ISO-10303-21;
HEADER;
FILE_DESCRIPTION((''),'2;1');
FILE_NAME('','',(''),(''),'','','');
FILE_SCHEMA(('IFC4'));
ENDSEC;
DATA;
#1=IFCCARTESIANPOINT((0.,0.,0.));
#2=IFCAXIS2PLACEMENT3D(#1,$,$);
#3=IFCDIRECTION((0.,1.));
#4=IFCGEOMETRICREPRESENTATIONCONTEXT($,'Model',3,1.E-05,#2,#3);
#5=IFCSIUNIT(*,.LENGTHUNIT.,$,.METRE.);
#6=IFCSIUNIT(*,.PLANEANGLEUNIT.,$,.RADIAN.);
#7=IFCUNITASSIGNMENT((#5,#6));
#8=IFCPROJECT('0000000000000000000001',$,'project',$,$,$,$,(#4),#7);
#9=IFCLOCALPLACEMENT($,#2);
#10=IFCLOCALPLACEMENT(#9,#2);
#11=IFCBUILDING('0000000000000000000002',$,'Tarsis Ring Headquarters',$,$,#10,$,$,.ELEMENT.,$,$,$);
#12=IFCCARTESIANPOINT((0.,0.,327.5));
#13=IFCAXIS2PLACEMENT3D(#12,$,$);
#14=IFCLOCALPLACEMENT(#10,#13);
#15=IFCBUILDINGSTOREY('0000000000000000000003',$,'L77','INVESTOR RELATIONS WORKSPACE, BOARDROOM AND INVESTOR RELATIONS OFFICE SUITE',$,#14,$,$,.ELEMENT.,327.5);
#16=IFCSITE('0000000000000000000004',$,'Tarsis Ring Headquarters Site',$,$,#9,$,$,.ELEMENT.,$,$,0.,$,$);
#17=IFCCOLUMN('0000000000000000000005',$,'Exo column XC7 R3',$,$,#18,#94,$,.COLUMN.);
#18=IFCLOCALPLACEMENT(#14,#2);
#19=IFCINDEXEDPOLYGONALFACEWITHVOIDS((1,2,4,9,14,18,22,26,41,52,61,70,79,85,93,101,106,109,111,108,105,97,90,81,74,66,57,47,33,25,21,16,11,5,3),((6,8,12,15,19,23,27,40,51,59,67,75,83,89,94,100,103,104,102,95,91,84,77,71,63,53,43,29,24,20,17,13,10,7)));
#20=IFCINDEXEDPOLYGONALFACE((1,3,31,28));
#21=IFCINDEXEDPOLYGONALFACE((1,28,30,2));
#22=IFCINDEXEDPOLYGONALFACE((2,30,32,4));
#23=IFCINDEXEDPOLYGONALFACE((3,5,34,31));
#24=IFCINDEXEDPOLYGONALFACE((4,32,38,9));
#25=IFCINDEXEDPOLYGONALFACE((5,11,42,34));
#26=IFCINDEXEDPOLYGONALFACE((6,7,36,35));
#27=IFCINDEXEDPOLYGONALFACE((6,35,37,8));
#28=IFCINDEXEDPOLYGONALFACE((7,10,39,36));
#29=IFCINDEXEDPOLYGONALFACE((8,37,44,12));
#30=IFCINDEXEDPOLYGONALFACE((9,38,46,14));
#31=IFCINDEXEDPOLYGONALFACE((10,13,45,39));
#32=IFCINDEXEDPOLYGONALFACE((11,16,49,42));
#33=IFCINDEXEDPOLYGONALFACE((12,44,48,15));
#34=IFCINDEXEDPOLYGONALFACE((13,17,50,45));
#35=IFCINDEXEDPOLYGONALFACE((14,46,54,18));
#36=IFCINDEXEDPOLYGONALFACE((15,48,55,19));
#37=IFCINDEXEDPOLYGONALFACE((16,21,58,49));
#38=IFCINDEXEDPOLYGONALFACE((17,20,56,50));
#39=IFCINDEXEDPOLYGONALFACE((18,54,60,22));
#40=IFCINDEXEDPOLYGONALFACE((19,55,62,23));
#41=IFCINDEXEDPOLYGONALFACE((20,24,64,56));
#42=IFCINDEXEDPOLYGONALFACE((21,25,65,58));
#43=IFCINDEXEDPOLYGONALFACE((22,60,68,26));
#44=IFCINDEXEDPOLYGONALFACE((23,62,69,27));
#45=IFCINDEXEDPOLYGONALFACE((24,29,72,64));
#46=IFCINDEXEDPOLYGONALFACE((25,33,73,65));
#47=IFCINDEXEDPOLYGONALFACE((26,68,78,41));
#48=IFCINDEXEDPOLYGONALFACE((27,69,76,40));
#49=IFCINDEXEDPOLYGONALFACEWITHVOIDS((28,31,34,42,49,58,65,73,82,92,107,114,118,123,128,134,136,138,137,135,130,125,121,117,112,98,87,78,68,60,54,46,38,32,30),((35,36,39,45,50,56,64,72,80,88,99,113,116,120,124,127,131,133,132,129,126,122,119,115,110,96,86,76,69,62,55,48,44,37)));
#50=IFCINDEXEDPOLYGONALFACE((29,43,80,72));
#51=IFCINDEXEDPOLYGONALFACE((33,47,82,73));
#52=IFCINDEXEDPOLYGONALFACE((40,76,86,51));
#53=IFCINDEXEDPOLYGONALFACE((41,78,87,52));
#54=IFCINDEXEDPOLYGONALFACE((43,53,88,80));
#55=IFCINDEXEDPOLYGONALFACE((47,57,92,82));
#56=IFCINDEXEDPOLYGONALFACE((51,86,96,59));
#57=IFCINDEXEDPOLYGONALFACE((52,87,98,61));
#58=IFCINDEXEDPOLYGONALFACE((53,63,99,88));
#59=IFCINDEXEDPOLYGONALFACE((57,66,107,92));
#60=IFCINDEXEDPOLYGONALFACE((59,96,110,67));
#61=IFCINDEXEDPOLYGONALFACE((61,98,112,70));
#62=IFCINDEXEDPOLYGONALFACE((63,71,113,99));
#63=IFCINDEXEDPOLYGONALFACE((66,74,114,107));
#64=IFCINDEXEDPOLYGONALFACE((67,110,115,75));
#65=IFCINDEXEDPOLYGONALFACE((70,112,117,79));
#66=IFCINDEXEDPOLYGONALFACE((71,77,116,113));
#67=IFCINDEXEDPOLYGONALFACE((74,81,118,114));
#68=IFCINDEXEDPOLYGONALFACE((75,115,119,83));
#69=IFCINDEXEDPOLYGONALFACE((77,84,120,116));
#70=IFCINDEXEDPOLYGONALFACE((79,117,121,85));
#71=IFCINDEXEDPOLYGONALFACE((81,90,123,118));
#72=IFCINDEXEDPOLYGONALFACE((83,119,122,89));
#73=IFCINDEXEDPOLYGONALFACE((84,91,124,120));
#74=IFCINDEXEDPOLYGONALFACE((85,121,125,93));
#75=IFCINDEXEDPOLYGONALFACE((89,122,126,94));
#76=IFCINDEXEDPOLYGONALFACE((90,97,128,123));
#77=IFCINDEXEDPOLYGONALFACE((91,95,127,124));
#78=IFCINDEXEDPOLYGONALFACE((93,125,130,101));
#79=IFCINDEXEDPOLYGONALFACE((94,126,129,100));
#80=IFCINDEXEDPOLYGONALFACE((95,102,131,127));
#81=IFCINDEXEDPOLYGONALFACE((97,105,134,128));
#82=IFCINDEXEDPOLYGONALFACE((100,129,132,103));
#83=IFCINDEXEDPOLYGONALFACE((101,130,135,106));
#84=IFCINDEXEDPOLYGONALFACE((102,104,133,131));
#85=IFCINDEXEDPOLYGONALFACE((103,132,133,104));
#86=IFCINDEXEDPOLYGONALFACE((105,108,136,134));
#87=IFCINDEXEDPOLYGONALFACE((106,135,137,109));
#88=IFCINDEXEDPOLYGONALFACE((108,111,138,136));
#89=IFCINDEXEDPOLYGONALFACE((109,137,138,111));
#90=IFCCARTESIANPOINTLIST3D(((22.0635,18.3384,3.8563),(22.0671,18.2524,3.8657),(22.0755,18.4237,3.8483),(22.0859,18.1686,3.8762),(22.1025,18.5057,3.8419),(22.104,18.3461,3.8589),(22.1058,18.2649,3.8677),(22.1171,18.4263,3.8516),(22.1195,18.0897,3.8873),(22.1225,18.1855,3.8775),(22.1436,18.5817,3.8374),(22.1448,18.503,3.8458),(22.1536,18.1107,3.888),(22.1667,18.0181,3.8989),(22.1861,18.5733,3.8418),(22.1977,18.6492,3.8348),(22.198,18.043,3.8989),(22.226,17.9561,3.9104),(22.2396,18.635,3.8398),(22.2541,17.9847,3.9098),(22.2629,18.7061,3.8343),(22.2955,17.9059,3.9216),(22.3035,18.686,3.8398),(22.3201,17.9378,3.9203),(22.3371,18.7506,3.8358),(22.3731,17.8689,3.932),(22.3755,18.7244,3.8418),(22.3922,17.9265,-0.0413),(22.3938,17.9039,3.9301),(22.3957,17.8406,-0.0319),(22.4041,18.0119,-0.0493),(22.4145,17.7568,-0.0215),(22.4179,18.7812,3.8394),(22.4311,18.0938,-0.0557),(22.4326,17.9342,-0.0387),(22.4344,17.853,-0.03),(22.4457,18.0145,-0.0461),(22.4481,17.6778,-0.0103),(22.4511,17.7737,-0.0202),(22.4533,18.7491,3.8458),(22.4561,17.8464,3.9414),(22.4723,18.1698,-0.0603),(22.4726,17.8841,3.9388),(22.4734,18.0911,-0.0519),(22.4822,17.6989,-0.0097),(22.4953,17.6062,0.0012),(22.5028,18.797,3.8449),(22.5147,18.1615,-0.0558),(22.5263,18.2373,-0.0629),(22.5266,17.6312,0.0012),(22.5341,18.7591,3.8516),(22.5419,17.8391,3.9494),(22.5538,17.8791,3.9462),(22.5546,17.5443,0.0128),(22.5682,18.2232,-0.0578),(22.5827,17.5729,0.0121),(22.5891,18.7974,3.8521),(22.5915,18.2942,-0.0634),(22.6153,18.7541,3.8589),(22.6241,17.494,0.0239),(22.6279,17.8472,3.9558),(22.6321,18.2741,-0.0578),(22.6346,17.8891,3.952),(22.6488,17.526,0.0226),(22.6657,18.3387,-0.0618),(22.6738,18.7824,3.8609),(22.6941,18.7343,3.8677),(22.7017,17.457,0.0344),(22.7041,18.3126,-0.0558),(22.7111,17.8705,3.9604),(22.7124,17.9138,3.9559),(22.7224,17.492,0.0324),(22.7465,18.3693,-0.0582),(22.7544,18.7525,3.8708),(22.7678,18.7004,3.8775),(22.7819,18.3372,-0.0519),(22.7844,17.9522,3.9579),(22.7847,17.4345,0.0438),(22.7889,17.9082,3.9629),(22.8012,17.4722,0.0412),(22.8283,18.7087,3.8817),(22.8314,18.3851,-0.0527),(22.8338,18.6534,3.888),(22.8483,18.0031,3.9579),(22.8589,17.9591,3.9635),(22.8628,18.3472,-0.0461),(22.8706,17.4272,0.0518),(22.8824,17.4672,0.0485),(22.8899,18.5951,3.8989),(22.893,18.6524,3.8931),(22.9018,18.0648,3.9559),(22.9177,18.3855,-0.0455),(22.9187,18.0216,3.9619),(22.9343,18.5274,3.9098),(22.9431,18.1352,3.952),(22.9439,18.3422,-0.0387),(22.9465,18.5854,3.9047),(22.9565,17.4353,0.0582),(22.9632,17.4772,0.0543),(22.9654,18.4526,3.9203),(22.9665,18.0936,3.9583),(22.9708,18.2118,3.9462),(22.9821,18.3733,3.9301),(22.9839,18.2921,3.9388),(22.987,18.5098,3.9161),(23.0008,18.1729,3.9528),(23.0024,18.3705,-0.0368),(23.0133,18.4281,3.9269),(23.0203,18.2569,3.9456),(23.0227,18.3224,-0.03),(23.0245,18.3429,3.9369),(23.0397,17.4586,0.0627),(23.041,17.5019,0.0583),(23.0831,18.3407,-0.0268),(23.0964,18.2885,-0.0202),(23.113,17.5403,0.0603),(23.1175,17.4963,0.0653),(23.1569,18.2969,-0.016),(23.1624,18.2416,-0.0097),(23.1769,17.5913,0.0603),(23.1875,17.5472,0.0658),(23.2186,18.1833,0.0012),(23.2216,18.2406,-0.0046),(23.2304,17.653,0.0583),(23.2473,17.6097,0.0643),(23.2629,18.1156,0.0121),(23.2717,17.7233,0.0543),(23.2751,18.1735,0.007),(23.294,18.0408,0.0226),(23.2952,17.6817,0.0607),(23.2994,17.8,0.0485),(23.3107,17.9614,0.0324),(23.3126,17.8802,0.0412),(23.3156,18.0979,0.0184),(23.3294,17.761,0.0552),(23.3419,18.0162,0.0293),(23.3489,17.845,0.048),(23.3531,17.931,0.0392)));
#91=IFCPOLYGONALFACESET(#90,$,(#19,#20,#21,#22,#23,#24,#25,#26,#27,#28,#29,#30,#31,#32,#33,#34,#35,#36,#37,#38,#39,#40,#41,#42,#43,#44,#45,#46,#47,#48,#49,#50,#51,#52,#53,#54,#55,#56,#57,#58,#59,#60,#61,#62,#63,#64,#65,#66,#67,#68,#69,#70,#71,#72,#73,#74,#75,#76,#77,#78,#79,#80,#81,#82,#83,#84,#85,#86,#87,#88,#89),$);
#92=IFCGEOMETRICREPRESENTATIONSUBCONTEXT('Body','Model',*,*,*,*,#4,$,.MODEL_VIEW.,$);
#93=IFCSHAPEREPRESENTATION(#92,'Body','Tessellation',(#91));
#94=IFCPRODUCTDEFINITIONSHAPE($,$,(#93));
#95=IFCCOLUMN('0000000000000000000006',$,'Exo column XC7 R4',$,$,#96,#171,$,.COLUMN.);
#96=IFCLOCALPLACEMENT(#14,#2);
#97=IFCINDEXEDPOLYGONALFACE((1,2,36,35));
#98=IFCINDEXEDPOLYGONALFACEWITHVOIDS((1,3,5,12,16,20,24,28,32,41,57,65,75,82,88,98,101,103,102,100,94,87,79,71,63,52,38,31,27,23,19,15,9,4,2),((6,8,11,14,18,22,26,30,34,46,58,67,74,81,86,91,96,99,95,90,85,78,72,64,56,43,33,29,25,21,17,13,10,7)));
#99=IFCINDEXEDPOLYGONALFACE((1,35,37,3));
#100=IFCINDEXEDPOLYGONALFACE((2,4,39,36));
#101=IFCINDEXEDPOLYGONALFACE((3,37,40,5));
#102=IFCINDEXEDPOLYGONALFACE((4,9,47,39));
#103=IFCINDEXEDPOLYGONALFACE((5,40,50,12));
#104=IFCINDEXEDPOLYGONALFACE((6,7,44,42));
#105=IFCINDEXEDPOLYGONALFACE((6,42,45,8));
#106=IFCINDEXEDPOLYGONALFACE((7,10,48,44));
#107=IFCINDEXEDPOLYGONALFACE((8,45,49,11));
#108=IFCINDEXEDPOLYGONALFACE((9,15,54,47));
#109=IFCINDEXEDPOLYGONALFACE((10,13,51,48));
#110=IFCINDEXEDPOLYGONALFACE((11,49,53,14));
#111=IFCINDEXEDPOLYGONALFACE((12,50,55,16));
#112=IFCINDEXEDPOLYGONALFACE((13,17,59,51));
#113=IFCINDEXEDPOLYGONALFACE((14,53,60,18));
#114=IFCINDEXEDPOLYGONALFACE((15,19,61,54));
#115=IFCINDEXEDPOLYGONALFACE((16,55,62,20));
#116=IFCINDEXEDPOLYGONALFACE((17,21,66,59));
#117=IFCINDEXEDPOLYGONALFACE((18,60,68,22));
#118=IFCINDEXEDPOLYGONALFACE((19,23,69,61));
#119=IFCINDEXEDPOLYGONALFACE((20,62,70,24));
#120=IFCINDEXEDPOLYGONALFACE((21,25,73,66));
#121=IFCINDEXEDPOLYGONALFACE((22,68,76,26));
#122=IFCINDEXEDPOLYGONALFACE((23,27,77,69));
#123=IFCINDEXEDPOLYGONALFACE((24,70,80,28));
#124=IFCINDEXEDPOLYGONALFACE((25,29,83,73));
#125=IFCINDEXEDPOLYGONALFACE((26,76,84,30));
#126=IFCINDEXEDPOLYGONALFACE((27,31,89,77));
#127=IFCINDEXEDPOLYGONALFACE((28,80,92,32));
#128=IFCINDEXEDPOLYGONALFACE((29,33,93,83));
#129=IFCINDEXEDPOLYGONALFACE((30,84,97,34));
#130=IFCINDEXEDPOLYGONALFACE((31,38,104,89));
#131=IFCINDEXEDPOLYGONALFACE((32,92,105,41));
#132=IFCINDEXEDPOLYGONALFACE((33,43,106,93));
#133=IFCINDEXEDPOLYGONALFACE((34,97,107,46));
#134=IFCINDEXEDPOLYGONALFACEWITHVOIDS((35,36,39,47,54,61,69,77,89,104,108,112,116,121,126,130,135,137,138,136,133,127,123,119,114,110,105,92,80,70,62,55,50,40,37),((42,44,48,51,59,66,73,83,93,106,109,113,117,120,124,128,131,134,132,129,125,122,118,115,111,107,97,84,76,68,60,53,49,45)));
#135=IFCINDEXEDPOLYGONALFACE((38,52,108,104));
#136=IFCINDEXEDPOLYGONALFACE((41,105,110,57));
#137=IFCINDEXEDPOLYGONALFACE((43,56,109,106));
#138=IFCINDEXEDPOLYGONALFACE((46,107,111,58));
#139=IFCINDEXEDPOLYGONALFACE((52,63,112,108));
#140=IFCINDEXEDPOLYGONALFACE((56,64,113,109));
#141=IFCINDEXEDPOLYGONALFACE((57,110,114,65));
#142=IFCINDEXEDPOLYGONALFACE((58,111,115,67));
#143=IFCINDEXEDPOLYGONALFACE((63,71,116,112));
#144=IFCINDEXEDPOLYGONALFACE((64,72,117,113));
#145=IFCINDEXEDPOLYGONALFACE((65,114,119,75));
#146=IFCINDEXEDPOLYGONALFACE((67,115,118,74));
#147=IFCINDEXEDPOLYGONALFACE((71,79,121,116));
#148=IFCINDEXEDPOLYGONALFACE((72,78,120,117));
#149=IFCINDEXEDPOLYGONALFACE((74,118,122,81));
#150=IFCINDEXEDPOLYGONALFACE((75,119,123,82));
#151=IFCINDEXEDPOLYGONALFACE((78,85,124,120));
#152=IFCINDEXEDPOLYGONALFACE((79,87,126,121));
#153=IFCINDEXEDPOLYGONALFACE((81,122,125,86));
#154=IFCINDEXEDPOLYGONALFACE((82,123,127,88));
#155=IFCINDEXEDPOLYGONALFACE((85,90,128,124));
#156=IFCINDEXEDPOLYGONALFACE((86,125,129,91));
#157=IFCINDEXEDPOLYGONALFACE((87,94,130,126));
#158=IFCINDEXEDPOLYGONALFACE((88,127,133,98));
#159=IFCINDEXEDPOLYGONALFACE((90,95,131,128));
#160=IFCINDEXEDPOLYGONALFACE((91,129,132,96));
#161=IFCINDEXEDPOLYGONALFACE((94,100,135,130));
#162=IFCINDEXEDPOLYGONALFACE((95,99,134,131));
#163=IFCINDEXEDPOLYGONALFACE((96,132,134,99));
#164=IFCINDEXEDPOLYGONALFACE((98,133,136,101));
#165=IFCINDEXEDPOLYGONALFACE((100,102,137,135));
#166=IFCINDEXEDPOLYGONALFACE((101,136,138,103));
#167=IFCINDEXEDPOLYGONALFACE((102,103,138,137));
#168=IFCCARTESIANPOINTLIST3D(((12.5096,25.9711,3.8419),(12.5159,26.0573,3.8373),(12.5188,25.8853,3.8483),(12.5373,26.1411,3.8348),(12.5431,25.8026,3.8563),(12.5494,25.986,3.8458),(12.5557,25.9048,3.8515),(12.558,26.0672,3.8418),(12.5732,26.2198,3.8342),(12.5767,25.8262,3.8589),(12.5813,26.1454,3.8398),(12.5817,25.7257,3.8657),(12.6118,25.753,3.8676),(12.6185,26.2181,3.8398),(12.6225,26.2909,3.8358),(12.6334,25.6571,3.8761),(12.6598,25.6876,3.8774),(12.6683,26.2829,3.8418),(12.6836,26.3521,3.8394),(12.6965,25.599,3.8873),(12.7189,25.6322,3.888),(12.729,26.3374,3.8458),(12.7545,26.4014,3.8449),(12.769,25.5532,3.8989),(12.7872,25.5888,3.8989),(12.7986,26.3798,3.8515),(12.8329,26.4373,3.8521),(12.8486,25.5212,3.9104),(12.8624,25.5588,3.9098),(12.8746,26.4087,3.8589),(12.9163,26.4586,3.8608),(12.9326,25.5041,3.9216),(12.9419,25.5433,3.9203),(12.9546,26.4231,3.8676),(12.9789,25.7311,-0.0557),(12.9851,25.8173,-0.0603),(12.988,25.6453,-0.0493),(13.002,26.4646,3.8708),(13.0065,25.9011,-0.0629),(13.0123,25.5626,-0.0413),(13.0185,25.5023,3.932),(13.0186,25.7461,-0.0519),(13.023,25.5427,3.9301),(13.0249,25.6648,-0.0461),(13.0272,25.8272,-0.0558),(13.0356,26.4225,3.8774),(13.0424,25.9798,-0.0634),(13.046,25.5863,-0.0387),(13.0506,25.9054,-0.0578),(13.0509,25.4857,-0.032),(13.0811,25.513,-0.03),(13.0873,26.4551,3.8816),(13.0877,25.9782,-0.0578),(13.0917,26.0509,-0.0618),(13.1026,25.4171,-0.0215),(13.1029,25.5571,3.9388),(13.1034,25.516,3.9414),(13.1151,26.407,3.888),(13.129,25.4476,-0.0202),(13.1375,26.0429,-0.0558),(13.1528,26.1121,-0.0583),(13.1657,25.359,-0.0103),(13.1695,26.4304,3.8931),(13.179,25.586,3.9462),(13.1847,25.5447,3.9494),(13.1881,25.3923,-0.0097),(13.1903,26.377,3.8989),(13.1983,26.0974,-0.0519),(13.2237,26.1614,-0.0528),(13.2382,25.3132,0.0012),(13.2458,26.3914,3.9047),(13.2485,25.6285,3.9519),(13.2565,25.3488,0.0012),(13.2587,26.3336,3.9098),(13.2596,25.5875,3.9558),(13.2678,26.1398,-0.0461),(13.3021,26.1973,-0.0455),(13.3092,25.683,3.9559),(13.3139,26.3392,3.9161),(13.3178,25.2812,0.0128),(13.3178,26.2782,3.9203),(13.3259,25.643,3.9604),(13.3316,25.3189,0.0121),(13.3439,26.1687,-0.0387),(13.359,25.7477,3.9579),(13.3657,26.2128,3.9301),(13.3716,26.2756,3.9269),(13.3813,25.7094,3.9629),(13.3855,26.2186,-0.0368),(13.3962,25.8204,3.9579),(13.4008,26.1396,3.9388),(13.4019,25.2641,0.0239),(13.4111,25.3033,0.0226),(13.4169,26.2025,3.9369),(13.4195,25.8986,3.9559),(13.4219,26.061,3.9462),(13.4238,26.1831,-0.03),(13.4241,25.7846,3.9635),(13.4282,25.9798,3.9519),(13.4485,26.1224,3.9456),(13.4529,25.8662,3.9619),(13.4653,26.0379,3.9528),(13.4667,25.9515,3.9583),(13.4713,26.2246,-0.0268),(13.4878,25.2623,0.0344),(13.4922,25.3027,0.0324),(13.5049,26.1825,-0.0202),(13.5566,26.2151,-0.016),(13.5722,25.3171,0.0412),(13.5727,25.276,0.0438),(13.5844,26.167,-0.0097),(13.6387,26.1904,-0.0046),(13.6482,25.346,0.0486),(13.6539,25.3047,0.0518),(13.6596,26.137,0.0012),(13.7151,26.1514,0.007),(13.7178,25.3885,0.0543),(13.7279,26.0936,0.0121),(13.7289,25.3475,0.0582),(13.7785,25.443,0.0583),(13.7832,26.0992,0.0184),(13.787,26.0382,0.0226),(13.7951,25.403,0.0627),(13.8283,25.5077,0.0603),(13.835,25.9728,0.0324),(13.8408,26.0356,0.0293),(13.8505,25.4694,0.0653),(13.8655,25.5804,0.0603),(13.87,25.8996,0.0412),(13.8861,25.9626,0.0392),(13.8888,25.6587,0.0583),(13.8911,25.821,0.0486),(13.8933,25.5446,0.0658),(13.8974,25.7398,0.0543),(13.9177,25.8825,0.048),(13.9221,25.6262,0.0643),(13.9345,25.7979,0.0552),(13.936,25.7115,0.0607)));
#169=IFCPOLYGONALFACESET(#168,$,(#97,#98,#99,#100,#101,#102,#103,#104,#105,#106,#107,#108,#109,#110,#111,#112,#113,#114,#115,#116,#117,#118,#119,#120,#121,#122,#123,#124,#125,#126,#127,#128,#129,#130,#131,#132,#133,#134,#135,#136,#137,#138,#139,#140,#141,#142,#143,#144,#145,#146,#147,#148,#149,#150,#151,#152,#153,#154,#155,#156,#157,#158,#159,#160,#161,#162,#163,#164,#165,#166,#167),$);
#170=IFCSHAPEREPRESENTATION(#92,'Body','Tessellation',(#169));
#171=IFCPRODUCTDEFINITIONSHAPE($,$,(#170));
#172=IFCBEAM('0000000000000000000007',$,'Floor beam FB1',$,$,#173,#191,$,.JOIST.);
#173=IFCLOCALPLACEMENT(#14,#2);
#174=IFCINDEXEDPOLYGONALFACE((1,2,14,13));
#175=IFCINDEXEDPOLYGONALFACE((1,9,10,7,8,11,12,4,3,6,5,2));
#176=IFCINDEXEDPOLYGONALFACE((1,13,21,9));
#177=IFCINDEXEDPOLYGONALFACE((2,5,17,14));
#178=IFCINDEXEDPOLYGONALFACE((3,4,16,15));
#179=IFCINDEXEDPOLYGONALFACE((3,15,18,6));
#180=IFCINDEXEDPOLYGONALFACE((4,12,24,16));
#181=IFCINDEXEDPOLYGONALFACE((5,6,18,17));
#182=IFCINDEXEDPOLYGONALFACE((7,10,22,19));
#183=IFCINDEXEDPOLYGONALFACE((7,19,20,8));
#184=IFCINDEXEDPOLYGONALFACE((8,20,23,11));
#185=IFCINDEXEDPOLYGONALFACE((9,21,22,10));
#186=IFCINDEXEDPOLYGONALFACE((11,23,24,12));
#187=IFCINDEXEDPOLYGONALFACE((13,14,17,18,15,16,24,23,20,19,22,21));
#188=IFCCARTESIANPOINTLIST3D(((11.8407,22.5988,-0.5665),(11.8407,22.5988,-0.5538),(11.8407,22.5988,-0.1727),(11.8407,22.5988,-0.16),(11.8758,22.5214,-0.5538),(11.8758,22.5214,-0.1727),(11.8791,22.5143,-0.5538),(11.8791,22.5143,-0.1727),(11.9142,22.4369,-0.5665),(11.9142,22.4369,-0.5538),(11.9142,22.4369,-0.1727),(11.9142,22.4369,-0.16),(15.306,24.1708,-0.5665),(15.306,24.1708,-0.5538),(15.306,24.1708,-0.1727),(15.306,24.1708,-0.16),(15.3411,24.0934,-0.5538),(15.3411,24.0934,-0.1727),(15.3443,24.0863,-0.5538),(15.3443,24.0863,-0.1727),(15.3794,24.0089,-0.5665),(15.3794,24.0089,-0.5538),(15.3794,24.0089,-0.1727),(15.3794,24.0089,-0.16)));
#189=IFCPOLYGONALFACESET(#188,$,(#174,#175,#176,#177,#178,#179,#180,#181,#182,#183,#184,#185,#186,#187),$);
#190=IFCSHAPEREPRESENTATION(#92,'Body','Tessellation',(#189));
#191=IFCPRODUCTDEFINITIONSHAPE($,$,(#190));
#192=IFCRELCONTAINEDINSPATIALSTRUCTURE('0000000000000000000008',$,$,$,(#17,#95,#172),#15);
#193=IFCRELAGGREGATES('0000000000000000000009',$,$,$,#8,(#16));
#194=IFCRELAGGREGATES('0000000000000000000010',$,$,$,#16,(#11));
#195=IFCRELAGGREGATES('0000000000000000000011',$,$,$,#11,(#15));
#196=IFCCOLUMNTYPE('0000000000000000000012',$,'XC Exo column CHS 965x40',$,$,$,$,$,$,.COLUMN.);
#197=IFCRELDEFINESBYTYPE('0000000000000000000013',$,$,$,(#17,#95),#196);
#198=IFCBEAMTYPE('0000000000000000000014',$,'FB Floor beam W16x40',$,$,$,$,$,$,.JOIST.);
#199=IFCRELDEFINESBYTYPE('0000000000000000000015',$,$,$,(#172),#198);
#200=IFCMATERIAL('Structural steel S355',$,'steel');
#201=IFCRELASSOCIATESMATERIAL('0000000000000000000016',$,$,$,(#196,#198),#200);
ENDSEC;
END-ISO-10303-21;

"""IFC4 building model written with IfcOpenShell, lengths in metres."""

from ifc_helpers import new_model, si_unit, direction, frame, origin, origin_2d, place, context, subcontext, project, spatial, hollow_circle, i_section, extrude, material, material_profile, profile_set, type_object, element, save


model = new_model("IFC4")

# Units and contexts
model_context = context("Model", 3, precision=1e-05, world=origin(), true_north=direction((0.0, 1.0)))
body_context = subcontext(model_context, "Body", "Model", "MODEL_VIEW")
ifc_project = project(units=[si_unit("LENGTHUNIT", "METRE"), si_unit("PLANEANGLEUNIT", "RADIAN")], contexts=[model_context])

# Site, building, storey
site_placement = place(None, origin())
site = spatial("IfcSite", under=ifc_project, at=site_placement, Name="Tarsis Ring Headquarters Site", CompositionType="ELEMENT", RefElevation=0.0)
building_placement = place(site_placement, origin())
building = spatial("IfcBuilding", under=site, at=building_placement, Name="Tarsis Ring Headquarters", CompositionType="ELEMENT")
storey_placement = place(building_placement, frame((0.0, 0.0, 327.5)))
storey = spatial("IfcBuildingStorey", under=building, at=storey_placement, Name="L77", Description="INVESTOR RELATIONS WORKSPACE, BOARDROOM AND INVESTOR RELATIONS OFFICE SUITE", CompositionType="ELEMENT", Elevation=327.5)

# Columns
ifc_material_1 = material(Name="Structural steel S355", Category="steel")
ifc_material_profile_1 = material_profile(ifc_material_1, hollow_circle(Radius=0.4827, WallThickness=0.04, at=origin_2d()), Name="CHS 965x40")
ifc_profile_set_1 = profile_set([ifc_material_profile_1], Name="Structural steel S355")
column_type = type_object("IfcColumnType", Name="XC Exo column CHS 965x40", PredefinedType="COLUMN", material=ifc_profile_set_1)
for number, where, z_axis, x_axis, name in (
    (1, (22.8726, 17.9072, 0.0012), (-0.083549, 0.104716, 0.990986), (-0.781682, -0.623677, 0.0), "Exo column XC7 R3"),
    (2, (13.458, 25.7429, 0.0012), (-0.119303, 0.061017, 0.990981), (-0.455348, -0.890314, 0.0), "Exo column XC7 R4"),
):
    element("IfcColumn", number, at=place(storey_placement, frame(where, z_axis=z_axis, x_axis=x_axis)), inside=storey, type_object=column_type, Name=name, PredefinedType="COLUMN", context=body_context, shape_type="SweptSolid", body=[
        extrude(hollow_circle(Radius=0.4827, WallThickness=0.04, at=origin_2d()), origin(), (0.0, 0.0, 1.0), 3.9331),
    ])

# Beam
ifc_material_profile_2 = material_profile(ifc_material_1, i_section(OverallWidth=0.1777, OverallDepth=0.4065, WebThickness=0.0078, FlangeThickness=0.0127, at=origin_2d()), Name="W16x40")
ifc_profile_set_2 = profile_set([ifc_material_profile_2], Name="Structural steel S355")
beam_type_1 = type_object("IfcBeamType", Name="FB Floor beam W16x40", PredefinedType="JOIST", material=ifc_profile_set_2)
beam_1_placement = place(storey_placement, frame((11.8774, 22.5178, -0.3633), z_axis=(0.910676, 0.413121, 0.0), x_axis=(-0.413121, 0.910676, 0.0)))
element("IfcBeam", 3, at=beam_1_placement, inside=storey, type_object=beam_type_1, Name="Floor beam FB1", PredefinedType="JOIST", context=body_context, shape_type="SweptSolid", body=[
    extrude(i_section(OverallWidth=0.1777, OverallDepth=0.4065, WebThickness=0.0078, FlangeThickness=0.0127, at=origin_2d()), origin(), (0.0, 0.0, 1.0), 3.8052),
])

save(model, "model.ifc")
